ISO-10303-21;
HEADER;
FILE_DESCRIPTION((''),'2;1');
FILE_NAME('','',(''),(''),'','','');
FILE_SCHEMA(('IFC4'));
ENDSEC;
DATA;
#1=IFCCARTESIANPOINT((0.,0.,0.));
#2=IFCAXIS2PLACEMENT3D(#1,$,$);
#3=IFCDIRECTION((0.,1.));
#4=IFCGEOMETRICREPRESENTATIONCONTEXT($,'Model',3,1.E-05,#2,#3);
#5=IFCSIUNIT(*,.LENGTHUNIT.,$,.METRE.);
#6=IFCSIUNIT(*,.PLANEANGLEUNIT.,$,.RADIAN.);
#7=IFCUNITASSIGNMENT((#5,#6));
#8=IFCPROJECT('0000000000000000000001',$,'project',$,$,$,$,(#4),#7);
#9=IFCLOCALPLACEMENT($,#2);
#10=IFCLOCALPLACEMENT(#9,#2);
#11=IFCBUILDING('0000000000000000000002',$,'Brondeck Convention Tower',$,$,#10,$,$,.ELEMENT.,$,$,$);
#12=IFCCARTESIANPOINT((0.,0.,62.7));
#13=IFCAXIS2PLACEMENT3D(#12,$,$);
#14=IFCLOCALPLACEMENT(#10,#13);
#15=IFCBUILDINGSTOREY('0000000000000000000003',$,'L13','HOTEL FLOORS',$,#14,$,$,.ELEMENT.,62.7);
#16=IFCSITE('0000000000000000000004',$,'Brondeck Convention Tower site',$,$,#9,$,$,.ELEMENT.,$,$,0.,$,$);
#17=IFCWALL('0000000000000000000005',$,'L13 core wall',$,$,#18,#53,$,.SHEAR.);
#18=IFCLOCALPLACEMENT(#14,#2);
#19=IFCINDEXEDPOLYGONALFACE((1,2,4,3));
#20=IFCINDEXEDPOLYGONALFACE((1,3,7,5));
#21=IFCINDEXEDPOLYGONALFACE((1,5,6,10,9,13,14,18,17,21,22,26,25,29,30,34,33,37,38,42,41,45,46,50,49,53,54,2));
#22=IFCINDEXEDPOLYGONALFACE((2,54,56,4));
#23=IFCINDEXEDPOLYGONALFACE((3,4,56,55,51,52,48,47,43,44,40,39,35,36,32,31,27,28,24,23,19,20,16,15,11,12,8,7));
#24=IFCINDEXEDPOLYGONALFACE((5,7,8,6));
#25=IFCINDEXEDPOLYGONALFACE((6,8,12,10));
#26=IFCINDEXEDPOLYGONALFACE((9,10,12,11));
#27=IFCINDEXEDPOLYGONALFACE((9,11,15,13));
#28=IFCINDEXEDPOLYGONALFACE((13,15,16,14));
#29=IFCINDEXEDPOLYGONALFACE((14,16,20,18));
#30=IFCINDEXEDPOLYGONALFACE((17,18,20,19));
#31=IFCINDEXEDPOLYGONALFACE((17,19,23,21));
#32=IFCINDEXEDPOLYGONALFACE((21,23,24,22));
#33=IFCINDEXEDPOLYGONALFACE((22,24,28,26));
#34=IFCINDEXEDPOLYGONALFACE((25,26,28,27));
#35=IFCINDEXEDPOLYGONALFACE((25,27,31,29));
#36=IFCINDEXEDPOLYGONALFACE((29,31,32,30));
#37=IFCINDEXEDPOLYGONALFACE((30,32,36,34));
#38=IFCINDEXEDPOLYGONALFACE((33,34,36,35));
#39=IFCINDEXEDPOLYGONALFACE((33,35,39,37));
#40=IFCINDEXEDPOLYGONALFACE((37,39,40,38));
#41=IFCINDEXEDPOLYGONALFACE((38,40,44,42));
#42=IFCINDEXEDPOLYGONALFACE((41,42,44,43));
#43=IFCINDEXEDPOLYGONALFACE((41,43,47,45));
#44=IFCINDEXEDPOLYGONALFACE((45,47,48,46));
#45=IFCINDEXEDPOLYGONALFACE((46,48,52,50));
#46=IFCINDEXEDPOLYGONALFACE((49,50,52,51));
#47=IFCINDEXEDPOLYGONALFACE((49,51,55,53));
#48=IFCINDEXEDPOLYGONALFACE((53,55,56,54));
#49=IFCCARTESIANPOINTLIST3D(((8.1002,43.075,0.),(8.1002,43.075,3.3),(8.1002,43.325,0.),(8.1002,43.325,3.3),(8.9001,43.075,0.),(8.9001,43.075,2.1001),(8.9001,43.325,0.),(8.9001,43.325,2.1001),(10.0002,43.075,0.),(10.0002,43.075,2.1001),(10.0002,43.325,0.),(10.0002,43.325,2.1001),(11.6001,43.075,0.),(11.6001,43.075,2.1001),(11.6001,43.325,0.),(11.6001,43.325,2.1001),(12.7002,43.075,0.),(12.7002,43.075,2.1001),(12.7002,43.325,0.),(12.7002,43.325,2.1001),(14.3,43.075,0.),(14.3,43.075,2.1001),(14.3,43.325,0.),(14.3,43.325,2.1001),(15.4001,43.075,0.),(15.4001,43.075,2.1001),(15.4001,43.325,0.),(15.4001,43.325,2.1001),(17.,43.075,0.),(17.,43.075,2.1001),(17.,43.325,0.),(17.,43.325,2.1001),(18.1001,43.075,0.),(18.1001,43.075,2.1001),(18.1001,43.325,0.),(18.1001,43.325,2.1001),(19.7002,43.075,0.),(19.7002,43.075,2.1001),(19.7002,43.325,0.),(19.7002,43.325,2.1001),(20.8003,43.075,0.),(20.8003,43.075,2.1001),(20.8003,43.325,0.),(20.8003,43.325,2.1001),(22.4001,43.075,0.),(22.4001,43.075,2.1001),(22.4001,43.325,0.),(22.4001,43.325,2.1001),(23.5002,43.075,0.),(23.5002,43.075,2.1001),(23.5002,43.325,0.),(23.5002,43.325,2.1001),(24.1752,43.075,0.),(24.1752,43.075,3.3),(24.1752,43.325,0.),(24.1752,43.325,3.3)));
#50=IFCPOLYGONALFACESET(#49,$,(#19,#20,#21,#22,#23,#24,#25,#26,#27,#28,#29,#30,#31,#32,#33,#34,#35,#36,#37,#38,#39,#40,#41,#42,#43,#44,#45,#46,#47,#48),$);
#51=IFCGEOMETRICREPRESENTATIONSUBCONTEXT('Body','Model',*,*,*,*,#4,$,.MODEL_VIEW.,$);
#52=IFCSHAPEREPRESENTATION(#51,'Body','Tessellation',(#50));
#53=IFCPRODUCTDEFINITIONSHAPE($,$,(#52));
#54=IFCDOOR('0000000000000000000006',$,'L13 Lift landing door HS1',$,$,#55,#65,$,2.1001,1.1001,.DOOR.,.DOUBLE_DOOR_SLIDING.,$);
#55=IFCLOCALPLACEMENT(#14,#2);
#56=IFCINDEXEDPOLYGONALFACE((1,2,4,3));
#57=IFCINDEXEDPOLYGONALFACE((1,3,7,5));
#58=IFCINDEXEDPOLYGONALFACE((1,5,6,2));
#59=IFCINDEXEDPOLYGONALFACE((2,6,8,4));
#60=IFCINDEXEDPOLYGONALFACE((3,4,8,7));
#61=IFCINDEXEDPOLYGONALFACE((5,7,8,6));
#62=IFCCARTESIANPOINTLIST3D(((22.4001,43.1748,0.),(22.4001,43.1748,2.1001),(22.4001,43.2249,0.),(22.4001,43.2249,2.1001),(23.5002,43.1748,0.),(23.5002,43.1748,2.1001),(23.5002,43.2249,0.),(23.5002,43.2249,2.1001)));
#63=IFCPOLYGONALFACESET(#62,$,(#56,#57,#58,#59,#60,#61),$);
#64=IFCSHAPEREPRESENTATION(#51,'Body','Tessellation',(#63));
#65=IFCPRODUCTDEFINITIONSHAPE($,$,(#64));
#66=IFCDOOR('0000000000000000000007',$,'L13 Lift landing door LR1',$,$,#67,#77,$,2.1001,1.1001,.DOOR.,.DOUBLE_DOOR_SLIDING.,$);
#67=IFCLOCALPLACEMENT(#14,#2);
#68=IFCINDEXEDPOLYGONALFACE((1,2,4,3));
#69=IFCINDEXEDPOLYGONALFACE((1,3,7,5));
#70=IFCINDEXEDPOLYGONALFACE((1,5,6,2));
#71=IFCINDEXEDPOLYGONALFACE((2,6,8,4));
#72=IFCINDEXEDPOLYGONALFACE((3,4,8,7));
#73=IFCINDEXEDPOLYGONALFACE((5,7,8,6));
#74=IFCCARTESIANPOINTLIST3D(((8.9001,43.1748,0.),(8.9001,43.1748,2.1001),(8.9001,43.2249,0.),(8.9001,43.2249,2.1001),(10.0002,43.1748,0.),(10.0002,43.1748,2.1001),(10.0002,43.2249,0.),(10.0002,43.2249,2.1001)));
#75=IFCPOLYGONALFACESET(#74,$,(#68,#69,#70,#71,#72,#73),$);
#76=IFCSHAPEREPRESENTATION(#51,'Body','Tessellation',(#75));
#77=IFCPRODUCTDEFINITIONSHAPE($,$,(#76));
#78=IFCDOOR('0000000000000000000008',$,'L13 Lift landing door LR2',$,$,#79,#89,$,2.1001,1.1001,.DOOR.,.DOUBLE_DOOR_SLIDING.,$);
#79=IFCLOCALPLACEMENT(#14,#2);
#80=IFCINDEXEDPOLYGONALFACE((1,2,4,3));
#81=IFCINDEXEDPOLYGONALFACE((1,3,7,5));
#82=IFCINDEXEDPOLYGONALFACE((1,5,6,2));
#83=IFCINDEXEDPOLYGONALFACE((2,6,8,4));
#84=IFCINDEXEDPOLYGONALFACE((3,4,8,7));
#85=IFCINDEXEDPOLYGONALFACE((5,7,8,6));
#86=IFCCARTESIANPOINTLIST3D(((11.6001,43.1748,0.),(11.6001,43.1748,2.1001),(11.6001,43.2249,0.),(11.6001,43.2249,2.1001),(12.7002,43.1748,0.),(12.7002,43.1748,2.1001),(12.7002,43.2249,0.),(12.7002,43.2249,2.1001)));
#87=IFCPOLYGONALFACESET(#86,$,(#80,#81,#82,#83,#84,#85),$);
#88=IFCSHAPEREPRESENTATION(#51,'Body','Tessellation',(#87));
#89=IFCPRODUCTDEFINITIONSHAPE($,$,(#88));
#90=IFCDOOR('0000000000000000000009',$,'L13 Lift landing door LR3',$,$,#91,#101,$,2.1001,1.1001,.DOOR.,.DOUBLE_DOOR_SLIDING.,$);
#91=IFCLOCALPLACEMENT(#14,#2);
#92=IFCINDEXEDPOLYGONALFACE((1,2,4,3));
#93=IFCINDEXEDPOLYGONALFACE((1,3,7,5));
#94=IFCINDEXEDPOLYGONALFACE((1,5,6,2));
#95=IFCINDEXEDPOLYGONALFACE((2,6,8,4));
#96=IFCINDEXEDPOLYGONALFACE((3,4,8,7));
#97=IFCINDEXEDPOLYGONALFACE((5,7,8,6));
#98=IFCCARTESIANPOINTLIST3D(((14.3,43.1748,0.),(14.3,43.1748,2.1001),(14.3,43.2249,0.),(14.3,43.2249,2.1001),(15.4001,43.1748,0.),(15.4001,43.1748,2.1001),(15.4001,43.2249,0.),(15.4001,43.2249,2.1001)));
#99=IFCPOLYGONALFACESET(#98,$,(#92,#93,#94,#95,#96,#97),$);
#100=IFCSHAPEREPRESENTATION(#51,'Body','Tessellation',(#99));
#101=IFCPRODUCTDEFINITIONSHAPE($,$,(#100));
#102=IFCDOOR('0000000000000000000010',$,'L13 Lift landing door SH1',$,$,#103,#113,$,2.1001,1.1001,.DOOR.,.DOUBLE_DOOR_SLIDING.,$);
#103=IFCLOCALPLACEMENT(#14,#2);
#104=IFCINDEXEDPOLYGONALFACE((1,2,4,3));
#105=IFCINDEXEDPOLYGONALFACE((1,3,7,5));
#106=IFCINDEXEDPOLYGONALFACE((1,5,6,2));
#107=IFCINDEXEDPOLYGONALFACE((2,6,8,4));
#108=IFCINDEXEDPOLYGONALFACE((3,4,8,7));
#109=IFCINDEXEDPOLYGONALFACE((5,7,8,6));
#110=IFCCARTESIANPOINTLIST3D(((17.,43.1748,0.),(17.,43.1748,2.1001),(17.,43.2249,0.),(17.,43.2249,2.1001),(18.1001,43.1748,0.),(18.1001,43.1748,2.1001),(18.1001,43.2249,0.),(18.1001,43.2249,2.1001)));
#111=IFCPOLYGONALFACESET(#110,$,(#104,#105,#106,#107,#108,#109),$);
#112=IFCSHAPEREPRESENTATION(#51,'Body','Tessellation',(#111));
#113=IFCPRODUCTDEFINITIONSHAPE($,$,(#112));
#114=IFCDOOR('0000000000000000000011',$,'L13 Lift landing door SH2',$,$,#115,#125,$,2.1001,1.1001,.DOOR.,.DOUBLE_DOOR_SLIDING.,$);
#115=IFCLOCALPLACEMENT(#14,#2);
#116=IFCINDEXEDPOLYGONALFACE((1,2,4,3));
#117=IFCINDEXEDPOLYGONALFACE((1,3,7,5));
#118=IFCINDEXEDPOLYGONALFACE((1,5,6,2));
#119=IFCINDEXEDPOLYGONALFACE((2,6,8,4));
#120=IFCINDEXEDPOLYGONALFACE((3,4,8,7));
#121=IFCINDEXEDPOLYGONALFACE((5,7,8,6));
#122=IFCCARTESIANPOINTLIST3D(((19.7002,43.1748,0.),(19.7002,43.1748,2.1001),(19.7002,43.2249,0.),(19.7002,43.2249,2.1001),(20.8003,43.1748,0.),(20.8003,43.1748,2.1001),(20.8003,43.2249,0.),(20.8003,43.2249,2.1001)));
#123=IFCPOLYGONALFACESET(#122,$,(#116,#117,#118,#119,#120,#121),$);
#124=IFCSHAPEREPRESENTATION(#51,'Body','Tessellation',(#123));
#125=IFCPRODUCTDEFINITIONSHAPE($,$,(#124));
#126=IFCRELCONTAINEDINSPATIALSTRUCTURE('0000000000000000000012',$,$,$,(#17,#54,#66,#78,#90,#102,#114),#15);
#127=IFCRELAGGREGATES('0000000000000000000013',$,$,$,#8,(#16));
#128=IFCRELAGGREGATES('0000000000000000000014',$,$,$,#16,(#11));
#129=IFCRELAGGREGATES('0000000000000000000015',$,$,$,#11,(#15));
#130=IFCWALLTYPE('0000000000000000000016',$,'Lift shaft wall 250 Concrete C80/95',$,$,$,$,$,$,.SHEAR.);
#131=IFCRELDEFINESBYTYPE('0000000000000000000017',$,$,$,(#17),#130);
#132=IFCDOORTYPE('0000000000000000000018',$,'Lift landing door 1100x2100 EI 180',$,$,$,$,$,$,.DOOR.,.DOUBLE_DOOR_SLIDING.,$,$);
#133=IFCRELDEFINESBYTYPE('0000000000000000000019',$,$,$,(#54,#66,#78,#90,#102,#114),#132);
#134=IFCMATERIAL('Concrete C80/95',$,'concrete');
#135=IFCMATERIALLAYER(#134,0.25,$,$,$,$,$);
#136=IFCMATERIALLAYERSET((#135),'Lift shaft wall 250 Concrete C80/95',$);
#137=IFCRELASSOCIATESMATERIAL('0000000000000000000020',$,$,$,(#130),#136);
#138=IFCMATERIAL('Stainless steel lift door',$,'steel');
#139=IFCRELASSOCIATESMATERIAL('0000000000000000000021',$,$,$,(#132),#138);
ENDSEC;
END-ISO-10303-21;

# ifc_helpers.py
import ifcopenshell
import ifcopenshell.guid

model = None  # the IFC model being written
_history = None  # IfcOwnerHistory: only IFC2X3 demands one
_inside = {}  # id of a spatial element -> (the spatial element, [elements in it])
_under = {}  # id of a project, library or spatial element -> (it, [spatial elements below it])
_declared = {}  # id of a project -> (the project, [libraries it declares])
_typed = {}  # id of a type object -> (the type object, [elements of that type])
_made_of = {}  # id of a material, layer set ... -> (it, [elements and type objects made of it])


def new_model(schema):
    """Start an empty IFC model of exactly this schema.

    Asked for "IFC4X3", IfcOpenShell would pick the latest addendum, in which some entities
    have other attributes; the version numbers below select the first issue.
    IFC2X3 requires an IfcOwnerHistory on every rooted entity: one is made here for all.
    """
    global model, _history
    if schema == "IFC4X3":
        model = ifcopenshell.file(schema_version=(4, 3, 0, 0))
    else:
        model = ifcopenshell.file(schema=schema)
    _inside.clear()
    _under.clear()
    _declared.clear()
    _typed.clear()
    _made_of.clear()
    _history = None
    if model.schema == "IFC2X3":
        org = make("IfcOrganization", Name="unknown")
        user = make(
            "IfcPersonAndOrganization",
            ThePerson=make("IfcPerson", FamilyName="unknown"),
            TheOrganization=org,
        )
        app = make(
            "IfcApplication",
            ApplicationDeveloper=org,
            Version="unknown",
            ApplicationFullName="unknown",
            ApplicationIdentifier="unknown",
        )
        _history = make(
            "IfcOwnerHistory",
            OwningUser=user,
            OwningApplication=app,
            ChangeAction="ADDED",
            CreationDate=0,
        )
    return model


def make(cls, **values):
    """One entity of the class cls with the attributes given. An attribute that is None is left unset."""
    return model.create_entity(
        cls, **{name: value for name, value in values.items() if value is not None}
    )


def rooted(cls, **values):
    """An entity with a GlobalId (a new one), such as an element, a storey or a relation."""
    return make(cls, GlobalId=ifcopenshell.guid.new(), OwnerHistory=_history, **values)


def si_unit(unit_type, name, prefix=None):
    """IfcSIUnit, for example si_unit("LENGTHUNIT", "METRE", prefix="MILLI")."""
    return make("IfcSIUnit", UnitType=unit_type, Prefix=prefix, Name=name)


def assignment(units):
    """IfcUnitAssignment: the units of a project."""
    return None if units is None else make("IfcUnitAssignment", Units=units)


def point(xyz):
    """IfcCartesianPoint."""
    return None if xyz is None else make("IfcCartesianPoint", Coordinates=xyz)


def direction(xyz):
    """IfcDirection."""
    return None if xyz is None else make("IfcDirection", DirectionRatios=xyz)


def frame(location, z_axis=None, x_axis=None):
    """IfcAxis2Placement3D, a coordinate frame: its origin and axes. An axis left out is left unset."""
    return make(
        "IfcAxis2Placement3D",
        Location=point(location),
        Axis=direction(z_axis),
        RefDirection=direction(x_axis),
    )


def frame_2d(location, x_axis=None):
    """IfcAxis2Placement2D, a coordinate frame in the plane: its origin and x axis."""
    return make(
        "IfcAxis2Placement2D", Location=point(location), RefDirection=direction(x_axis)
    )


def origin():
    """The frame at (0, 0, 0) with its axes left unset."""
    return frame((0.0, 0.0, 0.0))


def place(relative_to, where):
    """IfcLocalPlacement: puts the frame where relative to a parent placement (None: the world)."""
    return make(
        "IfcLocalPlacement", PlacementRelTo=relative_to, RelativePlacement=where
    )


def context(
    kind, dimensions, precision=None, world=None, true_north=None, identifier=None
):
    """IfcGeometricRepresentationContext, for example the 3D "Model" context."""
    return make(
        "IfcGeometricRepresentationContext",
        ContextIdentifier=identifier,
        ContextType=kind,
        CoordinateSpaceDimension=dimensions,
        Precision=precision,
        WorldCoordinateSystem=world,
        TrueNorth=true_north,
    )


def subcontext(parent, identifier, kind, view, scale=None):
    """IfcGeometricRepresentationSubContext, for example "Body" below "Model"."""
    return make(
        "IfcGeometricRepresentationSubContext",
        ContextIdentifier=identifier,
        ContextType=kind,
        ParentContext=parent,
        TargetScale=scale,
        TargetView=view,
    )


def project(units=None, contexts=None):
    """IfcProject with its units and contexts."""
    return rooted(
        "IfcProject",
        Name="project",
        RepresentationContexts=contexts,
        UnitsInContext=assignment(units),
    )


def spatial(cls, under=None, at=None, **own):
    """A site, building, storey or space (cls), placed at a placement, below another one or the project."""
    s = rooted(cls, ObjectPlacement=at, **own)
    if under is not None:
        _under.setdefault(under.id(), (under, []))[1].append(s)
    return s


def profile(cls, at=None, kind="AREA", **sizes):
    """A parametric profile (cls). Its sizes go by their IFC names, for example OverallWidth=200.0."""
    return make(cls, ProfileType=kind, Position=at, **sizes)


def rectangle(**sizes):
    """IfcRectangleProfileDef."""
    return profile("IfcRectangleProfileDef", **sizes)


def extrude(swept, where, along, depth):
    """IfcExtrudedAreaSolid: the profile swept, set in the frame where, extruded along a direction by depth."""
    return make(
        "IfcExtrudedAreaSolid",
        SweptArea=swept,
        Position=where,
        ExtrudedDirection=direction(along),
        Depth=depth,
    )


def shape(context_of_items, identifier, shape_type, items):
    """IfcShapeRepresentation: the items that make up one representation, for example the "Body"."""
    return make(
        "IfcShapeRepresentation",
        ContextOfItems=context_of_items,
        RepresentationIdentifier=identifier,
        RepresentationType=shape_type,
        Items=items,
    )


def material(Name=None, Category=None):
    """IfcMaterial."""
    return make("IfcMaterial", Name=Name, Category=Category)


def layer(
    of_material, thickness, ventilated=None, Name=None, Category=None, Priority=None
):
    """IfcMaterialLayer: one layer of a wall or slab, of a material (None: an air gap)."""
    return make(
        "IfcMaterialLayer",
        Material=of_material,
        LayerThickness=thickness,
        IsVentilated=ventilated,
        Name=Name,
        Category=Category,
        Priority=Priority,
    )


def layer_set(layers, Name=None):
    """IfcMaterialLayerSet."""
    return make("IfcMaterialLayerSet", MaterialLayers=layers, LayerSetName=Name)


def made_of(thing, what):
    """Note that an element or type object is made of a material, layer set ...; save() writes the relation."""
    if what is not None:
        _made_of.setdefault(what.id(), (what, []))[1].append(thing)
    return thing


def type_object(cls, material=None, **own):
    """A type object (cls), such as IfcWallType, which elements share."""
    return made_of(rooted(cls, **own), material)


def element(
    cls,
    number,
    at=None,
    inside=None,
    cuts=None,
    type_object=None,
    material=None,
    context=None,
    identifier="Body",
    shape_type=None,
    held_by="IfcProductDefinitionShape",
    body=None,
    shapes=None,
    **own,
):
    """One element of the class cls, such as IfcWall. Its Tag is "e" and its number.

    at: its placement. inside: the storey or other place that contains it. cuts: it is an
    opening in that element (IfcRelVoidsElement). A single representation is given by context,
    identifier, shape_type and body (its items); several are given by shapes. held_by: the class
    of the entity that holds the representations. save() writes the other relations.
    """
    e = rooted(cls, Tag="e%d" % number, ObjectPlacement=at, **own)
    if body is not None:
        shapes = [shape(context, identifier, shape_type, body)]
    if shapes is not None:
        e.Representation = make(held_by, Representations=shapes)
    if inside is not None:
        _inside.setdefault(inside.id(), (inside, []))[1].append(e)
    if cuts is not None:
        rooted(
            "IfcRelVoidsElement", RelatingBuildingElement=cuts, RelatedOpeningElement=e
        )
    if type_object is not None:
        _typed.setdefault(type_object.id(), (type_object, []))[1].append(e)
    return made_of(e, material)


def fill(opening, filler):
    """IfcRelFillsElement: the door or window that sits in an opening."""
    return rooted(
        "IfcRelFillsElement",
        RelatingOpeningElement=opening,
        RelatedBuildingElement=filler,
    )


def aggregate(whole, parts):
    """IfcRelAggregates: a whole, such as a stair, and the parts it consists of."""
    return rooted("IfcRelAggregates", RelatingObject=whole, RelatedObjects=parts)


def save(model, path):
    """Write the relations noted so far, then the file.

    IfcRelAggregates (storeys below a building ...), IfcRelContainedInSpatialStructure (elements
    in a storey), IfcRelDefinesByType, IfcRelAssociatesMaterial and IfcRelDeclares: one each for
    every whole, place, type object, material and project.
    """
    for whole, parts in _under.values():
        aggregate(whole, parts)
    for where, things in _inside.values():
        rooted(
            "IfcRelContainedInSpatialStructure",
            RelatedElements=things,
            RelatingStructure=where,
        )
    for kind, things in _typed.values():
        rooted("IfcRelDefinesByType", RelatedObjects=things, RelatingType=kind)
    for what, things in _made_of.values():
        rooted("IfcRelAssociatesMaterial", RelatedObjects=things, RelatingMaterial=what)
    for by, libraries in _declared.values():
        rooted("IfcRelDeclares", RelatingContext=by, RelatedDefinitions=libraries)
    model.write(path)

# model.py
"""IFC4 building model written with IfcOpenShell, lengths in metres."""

from ifc_helpers import new_model, si_unit, direction, frame, frame_2d, origin, place, context, subcontext, project, spatial, rectangle, extrude, material, layer, layer_set, type_object, element, fill, save


model = new_model("IFC4")

# Units and contexts
model_context = context("Model", 3, precision=1e-05, world=origin(), true_north=direction((0.0, 1.0)))
body_context = subcontext(model_context, "Body", "Model", "MODEL_VIEW")
ifc_project = project(units=[si_unit("LENGTHUNIT", "METRE"), si_unit("PLANEANGLEUNIT", "RADIAN")], contexts=[model_context])

# Site, building, storey
site_placement = place(None, origin())
site = spatial("IfcSite", under=ifc_project, at=site_placement, Name="Brondeck Convention Tower site", CompositionType="ELEMENT", RefElevation=0.0)
building_placement = place(site_placement, origin())
building = spatial("IfcBuilding", under=site, at=building_placement, Name="Brondeck Convention Tower", CompositionType="ELEMENT")
storey_placement = place(building_placement, frame((0.0, 0.0, 62.7)))
storey = spatial("IfcBuildingStorey", under=building, at=storey_placement, Name="L13", Description="HOTEL FLOORS", CompositionType="ELEMENT", Elevation=62.7)

# Shared definitions
ifc_material_1 = material(Name="Concrete C80/95", Category="concrete")

# Wall, openings, doors
ifc_layer_1 = layer(ifc_material_1, 0.25)
ifc_layer_set_1 = layer_set([ifc_layer_1], Name="Lift shaft wall 250 Concrete C80/95")
wall_type_1 = type_object("IfcWallType", Name="Lift shaft wall 250 Concrete C80/95", PredefinedType="SHEAR", material=ifc_layer_set_1)
wall_1_placement = place(storey_placement, frame((8.1001, 43.2, 0.0), z_axis=(0.0, 0.0, 1.0), x_axis=(1.0, 0.0, 0.0)))
wall_1 = element("IfcWall", 1, at=wall_1_placement, inside=storey, type_object=wall_type_1, Name="L13 core wall", PredefinedType="SHEAR", context=body_context, shape_type="SweptSolid", body=[
    extrude(rectangle(XDim=16.075, YDim=0.25, at=frame_2d((8.0376, 0.0))), origin(), (0.0, 0.0, 1.0), 3.3),
])
opening_1_placement = place(wall_1_placement, frame((14.3, 0.0, 0.0)))
opening_1 = element("IfcOpeningElement", 2, at=opening_1_placement, cuts=wall_1, PredefinedType="OPENING", context=body_context, shape_type="SweptSolid", body=[
    extrude(rectangle(XDim=1.1001, YDim=2.1001, at=frame_2d((0.55, 1.05))), frame((0.0, 0.135, 0.0), z_axis=(0.0, -1.0, 0.0), x_axis=(1.0, 0.0, 0.0)), (0.0, 0.0, 1.0), 0.27),
])
opening_2_placement = place(wall_1_placement, frame((0.8, 0.0, 0.0)))
opening_2 = element("IfcOpeningElement", 3, at=opening_2_placement, cuts=wall_1, PredefinedType="OPENING", context=body_context, shape_type="SweptSolid", body=[
    extrude(rectangle(XDim=1.1001, YDim=2.1001, at=frame_2d((0.55, 1.05))), frame((0.0, 0.135, 0.0), z_axis=(0.0, -1.0, 0.0), x_axis=(1.0, 0.0, 0.0)), (0.0, 0.0, 1.0), 0.27),
])
opening_3_placement = place(wall_1_placement, frame((3.5, 0.0, 0.0)))
opening_3 = element("IfcOpeningElement", 4, at=opening_3_placement, cuts=wall_1, PredefinedType="OPENING", context=body_context, shape_type="SweptSolid", body=[
    extrude(rectangle(XDim=1.1001, YDim=2.1001, at=frame_2d((0.55, 1.05))), frame((0.0, 0.135, 0.0), z_axis=(0.0, -1.0, 0.0), x_axis=(1.0, 0.0, 0.0)), (0.0, 0.0, 1.0), 0.27),
])
opening_4_placement = place(wall_1_placement, frame((6.2, 0.0, 0.0)))
opening_4 = element("IfcOpeningElement", 5, at=opening_4_placement, cuts=wall_1, PredefinedType="OPENING", context=body_context, shape_type="SweptSolid", body=[
    extrude(rectangle(XDim=1.1001, YDim=2.1001, at=frame_2d((0.55, 1.05))), frame((0.0, 0.135, 0.0), z_axis=(0.0, -1.0, 0.0), x_axis=(1.0, 0.0, 0.0)), (0.0, 0.0, 1.0), 0.27),
])
opening_5_placement = place(wall_1_placement, frame((8.8999, 0.0, 0.0)))
opening_5 = element("IfcOpeningElement", 6, at=opening_5_placement, cuts=wall_1, PredefinedType="OPENING", context=body_context, shape_type="SweptSolid", body=[
    extrude(rectangle(XDim=1.1001, YDim=2.1001, at=frame_2d((0.55, 1.05))), frame((0.0, 0.135, 0.0), z_axis=(0.0, -1.0, 0.0), x_axis=(1.0, 0.0, 0.0)), (0.0, 0.0, 1.0), 0.27),
])
opening_6_placement = place(wall_1_placement, frame((11.6001, 0.0, 0.0)))
opening_6 = element("IfcOpeningElement", 7, at=opening_6_placement, cuts=wall_1, PredefinedType="OPENING", context=body_context, shape_type="SweptSolid", body=[
    extrude(rectangle(XDim=1.1001, YDim=2.1001, at=frame_2d((0.55, 1.05))), frame((0.0, 0.135, 0.0), z_axis=(0.0, -1.0, 0.0), x_axis=(1.0, 0.0, 0.0)), (0.0, 0.0, 1.0), 0.27),
])
ifc_material_2 = material(Name="Stainless steel lift door", Category="steel")
door_type_1 = type_object("IfcDoorType", Name="Lift landing door 1100x2100 EI 180", OperationType="DOUBLE_DOOR_SLIDING", PredefinedType="DOOR", material=ifc_material_2)
door_1_placement = place(opening_1_placement, origin())
door_1 = element("IfcDoor", 8, at=door_1_placement, inside=storey, type_object=door_type_1, Name="L13 Lift landing door HS1", OperationType="DOUBLE_DOOR_SLIDING", OverallHeight=2.1001, OverallWidth=1.1001, PredefinedType="DOOR", context=body_context, shape_type="SweptSolid", body=[
    extrude(rectangle(XDim=1.1001, YDim=2.1001, at=frame_2d((0.55, 1.05))), frame((0.0, 0.0249, 0.0), z_axis=(0.0, -1.0, 0.0), x_axis=(1.0, 0.0, 0.0)), (0.0, 0.0, 1.0), 0.05),
])
fill(opening_1, door_1)
door_2_placement = place(opening_2_placement, origin())
door_2 = element("IfcDoor", 9, at=door_2_placement, inside=storey, type_object=door_type_1, Name="L13 Lift landing door LR1", OperationType="DOUBLE_DOOR_SLIDING", OverallHeight=2.1001, OverallWidth=1.1001, PredefinedType="DOOR", context=body_context, shape_type="SweptSolid", body=[
    extrude(rectangle(XDim=1.1001, YDim=2.1001, at=frame_2d((0.55, 1.05))), frame((0.0, 0.0249, 0.0), z_axis=(0.0, -1.0, 0.0), x_axis=(1.0, 0.0, 0.0)), (0.0, 0.0, 1.0), 0.05),
])
fill(opening_2, door_2)
door_3_placement = place(opening_3_placement, origin())
door_3 = element("IfcDoor", 10, at=door_3_placement, inside=storey, type_object=door_type_1, Name="L13 Lift landing door LR2", OperationType="DOUBLE_DOOR_SLIDING", OverallHeight=2.1001, OverallWidth=1.1001, PredefinedType="DOOR", context=body_context, shape_type="SweptSolid", body=[
    extrude(rectangle(XDim=1.1001, YDim=2.1001, at=frame_2d((0.55, 1.05))), frame((0.0, 0.0249, 0.0), z_axis=(0.0, -1.0, 0.0), x_axis=(1.0, 0.0, 0.0)), (0.0, 0.0, 1.0), 0.05),
])
fill(opening_3, door_3)
door_4_placement = place(opening_4_placement, origin())
door_4 = element("IfcDoor", 11, at=door_4_placement, inside=storey, type_object=door_type_1, Name="L13 Lift landing door LR3", OperationType="DOUBLE_DOOR_SLIDING", OverallHeight=2.1001, OverallWidth=1.1001, PredefinedType="DOOR", context=body_context, shape_type="SweptSolid", body=[
    extrude(rectangle(XDim=1.1001, YDim=2.1001, at=frame_2d((0.55, 1.05))), frame((0.0, 0.0249, 0.0), z_axis=(0.0, -1.0, 0.0), x_axis=(1.0, 0.0, 0.0)), (0.0, 0.0, 1.0), 0.05),
])
fill(opening_4, door_4)
door_5_placement = place(opening_5_placement, origin())
door_5 = element("IfcDoor", 12, at=door_5_placement, inside=storey, type_object=door_type_1, Name="L13 Lift landing door SH1", OperationType="DOUBLE_DOOR_SLIDING", OverallHeight=2.1001, OverallWidth=1.1001, PredefinedType="DOOR", context=body_context, shape_type="SweptSolid", body=[
    extrude(rectangle(XDim=1.1001, YDim=2.1001, at=frame_2d((0.55, 1.05))), frame((0.0, 0.0249, 0.0), z_axis=(0.0, -1.0, 0.0), x_axis=(1.0, 0.0, 0.0)), (0.0, 0.0, 1.0), 0.05),
])
fill(opening_5, door_5)
door_6_placement = place(opening_6_placement, origin())
door_6 = element("IfcDoor", 13, at=door_6_placement, inside=storey, type_object=door_type_1, Name="L13 Lift landing door SH2", OperationType="DOUBLE_DOOR_SLIDING", OverallHeight=2.1001, OverallWidth=1.1001, PredefinedType="DOOR", context=body_context, shape_type="SweptSolid", body=[
    extrude(rectangle(XDim=1.1001, YDim=2.1001, at=frame_2d((0.55, 1.05))), frame((0.0, 0.0249, 0.0), z_axis=(0.0, -1.0, 0.0), x_axis=(1.0, 0.0, 0.0)), (0.0, 0.0, 1.0), 0.05),
])
fill(opening_6, door_6)

save(model, "model.ifc")
